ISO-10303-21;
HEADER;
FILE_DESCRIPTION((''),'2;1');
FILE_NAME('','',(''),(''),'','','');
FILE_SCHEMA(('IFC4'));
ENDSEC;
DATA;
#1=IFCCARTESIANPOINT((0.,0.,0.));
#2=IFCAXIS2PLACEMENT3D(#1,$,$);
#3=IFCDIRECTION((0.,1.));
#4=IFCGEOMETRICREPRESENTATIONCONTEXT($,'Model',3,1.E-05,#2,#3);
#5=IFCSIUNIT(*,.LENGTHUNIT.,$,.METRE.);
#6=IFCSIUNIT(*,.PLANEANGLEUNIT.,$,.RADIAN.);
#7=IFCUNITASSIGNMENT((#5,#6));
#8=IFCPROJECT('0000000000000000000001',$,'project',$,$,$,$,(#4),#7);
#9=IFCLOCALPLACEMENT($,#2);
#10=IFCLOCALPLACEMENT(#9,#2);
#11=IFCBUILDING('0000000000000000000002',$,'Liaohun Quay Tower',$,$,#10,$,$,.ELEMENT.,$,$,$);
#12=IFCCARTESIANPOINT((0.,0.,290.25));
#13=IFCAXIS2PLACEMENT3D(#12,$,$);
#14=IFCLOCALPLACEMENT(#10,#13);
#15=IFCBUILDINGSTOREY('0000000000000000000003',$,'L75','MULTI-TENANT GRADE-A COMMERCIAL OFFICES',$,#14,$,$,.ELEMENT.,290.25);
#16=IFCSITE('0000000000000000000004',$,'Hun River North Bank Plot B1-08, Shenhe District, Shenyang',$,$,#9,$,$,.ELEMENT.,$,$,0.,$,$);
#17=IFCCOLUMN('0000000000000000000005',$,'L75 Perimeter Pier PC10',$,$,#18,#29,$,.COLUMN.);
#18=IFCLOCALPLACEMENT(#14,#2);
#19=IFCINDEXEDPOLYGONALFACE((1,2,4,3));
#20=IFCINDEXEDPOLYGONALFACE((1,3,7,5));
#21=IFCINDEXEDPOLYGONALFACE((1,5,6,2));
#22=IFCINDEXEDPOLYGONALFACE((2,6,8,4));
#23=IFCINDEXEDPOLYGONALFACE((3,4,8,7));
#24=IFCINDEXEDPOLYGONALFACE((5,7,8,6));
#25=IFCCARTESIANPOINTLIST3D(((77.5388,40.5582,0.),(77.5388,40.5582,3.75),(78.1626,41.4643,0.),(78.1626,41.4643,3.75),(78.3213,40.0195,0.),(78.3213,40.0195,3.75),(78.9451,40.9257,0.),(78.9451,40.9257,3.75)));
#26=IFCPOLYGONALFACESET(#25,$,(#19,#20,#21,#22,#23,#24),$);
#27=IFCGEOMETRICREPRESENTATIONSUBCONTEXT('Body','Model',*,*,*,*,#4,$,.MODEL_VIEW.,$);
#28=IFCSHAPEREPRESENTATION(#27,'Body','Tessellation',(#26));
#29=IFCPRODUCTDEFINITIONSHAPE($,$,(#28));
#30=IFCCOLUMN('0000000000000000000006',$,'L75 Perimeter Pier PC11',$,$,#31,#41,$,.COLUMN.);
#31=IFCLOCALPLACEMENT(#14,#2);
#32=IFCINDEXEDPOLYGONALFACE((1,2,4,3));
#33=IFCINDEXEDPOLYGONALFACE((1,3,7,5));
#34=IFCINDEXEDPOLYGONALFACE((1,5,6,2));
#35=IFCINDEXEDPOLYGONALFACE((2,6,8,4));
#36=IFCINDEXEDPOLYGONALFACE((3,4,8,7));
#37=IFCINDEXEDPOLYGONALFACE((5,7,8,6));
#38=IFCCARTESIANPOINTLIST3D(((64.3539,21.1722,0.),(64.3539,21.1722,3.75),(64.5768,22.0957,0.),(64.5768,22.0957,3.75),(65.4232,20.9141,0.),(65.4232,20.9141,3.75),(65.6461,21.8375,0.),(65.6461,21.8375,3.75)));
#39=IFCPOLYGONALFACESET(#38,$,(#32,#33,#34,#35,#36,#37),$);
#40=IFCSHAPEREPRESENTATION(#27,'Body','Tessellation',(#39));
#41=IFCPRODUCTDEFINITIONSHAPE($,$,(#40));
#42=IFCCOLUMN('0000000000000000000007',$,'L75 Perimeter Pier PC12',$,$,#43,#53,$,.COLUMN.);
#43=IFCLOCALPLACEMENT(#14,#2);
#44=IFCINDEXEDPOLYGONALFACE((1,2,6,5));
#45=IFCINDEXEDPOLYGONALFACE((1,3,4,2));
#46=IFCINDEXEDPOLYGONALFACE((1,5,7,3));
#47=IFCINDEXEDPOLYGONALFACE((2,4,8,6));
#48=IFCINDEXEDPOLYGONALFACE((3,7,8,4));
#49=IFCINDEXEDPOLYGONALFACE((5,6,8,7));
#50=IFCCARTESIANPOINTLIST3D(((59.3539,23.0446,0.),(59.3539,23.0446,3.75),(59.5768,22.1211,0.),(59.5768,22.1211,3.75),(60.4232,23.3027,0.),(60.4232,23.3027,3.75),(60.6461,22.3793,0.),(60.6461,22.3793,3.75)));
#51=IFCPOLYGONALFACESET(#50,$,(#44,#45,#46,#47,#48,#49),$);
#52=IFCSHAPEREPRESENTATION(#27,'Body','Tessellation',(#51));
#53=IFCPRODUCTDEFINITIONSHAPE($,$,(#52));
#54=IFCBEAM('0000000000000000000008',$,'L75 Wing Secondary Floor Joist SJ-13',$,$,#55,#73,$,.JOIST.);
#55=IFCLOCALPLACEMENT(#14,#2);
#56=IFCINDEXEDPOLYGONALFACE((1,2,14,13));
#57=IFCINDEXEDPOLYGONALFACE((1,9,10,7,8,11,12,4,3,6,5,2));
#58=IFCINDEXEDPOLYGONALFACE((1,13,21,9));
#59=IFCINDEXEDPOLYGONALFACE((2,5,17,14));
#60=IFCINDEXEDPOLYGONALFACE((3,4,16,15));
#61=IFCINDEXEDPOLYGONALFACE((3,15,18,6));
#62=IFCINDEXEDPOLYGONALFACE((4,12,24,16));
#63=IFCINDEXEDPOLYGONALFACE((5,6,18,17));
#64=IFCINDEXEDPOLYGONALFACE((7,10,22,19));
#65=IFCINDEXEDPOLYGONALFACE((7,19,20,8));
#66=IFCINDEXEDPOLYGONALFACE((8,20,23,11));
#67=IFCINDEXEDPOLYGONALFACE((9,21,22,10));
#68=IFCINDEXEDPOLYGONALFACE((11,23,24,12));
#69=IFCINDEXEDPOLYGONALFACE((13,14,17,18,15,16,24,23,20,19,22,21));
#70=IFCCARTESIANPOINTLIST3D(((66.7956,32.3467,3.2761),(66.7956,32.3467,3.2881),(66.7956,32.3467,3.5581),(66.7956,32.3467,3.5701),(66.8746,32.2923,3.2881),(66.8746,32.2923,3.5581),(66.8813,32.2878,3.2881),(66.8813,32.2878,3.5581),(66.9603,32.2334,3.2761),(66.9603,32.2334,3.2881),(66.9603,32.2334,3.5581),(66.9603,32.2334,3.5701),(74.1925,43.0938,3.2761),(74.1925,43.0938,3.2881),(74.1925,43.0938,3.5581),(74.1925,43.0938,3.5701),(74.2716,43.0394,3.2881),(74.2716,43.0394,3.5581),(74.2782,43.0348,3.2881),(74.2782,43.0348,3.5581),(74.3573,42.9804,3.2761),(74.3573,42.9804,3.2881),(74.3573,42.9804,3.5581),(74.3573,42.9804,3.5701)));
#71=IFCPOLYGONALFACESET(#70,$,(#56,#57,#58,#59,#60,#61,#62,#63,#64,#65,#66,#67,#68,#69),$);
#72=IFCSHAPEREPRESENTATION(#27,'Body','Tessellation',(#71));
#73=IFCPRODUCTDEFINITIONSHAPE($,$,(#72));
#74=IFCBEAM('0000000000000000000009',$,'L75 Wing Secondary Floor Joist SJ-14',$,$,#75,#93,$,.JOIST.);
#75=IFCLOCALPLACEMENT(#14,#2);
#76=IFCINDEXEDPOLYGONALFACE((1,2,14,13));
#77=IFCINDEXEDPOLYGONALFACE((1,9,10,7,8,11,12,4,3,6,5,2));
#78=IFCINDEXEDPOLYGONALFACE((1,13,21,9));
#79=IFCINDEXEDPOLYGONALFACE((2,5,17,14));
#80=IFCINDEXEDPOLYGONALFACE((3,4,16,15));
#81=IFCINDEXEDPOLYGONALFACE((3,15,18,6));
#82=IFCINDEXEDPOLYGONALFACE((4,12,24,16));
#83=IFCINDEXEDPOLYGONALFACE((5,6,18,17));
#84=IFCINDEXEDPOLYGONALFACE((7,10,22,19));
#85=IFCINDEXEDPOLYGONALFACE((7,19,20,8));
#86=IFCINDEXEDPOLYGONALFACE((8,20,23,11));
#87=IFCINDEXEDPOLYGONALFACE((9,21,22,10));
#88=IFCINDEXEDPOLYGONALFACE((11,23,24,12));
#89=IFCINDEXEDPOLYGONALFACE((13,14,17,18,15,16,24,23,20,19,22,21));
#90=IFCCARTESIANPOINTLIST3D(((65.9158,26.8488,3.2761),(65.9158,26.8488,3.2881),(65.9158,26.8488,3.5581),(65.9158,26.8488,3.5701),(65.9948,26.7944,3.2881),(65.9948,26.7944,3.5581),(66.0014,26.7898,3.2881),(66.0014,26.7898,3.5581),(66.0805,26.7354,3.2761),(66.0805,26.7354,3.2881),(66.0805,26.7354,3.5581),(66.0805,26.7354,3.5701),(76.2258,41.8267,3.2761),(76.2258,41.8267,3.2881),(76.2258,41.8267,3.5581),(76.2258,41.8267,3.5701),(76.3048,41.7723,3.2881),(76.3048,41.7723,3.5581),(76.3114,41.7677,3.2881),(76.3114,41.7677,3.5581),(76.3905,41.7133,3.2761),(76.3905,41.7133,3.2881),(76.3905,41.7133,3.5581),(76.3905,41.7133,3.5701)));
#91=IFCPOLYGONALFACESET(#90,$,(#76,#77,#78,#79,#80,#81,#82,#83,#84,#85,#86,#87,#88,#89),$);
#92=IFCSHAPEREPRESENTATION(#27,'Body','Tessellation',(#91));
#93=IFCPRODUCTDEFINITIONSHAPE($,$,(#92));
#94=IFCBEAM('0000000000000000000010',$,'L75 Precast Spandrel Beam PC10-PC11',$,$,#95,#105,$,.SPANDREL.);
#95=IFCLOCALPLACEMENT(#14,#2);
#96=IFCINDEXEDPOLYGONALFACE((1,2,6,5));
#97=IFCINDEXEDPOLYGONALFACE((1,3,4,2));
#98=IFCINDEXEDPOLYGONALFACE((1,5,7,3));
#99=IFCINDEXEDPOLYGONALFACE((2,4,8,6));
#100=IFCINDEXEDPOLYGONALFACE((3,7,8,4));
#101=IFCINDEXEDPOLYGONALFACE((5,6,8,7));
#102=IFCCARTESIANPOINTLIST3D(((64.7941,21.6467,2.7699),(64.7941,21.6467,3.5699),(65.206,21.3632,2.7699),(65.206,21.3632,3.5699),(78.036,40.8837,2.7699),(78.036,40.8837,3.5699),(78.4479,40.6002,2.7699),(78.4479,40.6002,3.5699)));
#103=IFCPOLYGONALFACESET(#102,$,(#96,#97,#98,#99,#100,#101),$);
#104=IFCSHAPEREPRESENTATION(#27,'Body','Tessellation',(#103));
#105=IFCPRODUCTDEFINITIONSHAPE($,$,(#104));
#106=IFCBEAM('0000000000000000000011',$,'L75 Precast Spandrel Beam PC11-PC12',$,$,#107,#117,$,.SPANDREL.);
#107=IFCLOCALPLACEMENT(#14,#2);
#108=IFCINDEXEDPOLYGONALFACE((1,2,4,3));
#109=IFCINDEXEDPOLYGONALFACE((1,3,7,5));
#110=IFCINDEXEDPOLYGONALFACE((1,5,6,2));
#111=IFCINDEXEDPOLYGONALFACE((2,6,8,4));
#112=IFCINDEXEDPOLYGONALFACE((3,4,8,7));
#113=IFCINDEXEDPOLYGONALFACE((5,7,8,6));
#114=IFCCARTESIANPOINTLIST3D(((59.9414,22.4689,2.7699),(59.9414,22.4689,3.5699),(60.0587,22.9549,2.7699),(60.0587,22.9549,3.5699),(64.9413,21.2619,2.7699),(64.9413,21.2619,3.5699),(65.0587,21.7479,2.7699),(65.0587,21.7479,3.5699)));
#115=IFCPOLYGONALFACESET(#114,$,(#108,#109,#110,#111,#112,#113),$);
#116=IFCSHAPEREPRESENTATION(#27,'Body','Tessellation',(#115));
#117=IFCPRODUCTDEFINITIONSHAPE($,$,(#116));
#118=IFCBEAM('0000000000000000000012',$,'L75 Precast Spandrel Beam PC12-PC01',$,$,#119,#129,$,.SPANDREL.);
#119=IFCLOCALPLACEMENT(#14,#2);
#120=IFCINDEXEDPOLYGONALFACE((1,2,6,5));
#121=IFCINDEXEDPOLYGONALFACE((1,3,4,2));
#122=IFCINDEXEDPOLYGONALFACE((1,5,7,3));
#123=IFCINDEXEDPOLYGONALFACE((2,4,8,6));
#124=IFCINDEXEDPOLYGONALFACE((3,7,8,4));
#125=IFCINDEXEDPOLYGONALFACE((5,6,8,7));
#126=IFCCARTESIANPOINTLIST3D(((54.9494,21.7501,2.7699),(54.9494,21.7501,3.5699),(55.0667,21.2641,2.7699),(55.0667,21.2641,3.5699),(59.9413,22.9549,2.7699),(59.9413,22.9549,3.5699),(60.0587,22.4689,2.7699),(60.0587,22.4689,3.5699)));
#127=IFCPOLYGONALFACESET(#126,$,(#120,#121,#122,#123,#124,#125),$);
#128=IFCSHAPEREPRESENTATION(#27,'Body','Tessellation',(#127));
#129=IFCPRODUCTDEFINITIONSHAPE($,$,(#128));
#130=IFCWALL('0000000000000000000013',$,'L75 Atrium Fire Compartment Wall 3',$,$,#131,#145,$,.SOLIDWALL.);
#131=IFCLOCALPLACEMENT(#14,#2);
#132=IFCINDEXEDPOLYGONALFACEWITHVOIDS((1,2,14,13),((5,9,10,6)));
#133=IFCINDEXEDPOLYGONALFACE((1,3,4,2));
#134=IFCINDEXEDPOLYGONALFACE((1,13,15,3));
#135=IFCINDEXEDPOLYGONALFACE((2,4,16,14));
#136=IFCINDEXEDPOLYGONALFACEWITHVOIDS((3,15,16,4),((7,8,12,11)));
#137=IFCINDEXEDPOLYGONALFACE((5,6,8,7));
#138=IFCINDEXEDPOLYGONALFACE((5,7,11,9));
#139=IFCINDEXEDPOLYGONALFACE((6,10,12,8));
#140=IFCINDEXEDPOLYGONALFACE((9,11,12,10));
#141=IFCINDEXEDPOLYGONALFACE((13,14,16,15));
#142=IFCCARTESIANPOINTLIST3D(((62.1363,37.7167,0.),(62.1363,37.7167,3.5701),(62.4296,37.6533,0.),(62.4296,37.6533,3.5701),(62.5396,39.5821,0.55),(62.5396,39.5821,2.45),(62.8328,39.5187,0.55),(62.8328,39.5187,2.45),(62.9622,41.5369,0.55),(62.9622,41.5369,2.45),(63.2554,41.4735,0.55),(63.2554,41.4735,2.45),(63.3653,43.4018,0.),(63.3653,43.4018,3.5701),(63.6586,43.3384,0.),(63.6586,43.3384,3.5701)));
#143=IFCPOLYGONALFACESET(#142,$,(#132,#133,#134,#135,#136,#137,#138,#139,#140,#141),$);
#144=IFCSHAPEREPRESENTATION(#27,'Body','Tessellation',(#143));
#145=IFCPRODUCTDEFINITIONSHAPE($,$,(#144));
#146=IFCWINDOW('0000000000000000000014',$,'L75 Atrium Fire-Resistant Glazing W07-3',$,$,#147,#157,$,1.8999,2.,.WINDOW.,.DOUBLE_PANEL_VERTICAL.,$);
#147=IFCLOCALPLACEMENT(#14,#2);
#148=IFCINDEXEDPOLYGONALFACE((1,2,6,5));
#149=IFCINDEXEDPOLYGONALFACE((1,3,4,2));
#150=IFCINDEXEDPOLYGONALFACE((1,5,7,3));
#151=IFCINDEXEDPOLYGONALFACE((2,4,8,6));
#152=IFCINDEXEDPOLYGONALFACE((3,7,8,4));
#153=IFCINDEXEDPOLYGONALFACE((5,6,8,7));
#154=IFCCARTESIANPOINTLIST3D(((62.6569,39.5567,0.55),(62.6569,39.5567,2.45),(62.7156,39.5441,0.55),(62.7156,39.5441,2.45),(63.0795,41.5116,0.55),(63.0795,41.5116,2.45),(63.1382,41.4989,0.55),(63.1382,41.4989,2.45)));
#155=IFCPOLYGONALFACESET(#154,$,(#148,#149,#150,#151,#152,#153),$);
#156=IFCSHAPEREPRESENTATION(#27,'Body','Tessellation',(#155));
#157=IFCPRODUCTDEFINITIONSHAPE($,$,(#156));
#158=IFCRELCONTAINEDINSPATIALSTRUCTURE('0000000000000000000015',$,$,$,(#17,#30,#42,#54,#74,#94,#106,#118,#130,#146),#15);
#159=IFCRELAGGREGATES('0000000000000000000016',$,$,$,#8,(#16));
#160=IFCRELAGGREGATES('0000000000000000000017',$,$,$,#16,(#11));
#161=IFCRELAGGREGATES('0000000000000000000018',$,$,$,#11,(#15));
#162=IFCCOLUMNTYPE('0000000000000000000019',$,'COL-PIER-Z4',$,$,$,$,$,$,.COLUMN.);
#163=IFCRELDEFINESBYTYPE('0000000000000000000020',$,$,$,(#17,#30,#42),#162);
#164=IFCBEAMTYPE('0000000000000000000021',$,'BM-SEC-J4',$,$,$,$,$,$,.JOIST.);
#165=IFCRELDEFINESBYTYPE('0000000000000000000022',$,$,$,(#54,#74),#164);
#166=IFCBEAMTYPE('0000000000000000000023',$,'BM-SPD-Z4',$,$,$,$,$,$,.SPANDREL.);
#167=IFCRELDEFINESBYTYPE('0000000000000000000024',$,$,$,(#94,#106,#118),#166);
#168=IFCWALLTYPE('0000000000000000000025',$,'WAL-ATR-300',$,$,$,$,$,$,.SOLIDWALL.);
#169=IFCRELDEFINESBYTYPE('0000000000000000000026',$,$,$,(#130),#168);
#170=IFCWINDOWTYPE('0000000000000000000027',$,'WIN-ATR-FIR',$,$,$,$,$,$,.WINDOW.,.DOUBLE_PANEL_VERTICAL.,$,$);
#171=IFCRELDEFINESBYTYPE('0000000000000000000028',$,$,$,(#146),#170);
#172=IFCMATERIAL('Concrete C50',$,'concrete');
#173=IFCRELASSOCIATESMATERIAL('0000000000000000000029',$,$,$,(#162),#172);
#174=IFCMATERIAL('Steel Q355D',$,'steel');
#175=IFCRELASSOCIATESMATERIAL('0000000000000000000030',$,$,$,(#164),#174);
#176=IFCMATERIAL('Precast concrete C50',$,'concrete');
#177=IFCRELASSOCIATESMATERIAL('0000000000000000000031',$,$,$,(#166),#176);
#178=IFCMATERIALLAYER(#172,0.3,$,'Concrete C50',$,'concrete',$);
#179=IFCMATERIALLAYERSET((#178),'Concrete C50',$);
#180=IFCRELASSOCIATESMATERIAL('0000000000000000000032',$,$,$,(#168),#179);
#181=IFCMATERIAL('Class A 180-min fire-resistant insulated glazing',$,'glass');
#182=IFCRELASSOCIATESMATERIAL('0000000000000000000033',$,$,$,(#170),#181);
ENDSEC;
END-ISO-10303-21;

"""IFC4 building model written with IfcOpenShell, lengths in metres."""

from ifc_helpers import new_model, si_unit, direction, frame, frame_2d, origin, origin_2d, place, context, subcontext, project, spatial, rectangle, i_section, extrude, source, transform, mapped, material, layer, layer_set, material_profile, profile_set, type_object, element, fill, save


model = new_model("IFC4")

# Units and contexts
model_context = context("Model", 3, precision=1e-05, world=origin(), true_north=direction((0.0, 1.0)))
body_context = subcontext(model_context, "Body", "Model", "MODEL_VIEW")
ifc_project = project(units=[si_unit("LENGTHUNIT", "METRE"), si_unit("PLANEANGLEUNIT", "RADIAN")], contexts=[model_context])

# Site, building, storey
site_placement = place(None, origin())
site = spatial("IfcSite", under=ifc_project, at=site_placement, Name="Hun River North Bank Plot B1-08, Shenhe District, Shenyang", CompositionType="ELEMENT", RefElevation=0.0)
building_placement = place(site_placement, origin())
building = spatial("IfcBuilding", under=site, at=building_placement, Name="Liaohun Quay Tower", CompositionType="ELEMENT")
storey_placement = place(building_placement, frame((0.0, 0.0, 290.25)))
storey = spatial("IfcBuildingStorey", under=building, at=storey_placement, Name="L75", Description="MULTI-TENANT GRADE-A COMMERCIAL OFFICES", CompositionType="ELEMENT", Elevation=290.25)

# Columns
ifc_material_1 = material(Name="Concrete C50", Category="concrete")
ifc_material_profile_1 = material_profile(ifc_material_1, rectangle(XDim=1.1001, YDim=0.95, at=origin_2d()), Name="RC1100x950")
ifc_profile_set_1 = profile_set([ifc_material_profile_1], Name="Concrete C50")
column_type = type_object("IfcColumnType", Name="COL-PIER-Z4", PredefinedType="COLUMN", material=ifc_profile_set_1)
shared_shape_1 = source(origin(), body_context, "Body", "SweptSolid", [
    extrude(rectangle(XDim=1.1001, YDim=0.95, at=origin_2d()), origin(), (0.0, 0.0, 1.0), 3.75),
])
for number, where, z_axis, x_axis, name in (
    (1, (78.2419, 40.7419, 0.0), (0.0, 0.0, 1.0), (0.566981, 0.823731, 0.0), "L75 Perimeter Pier PC10"),
    (2, (65.0, 21.5049, 0.0), (0.0, 0.0, 1.0), (-0.972084, 0.234633, 0.0), "L75 Perimeter Pier PC11"),
    (3, (60.0, 22.7119, 0.0), (0.0, 0.0, 1.0), (0.972084, 0.234633, 0.0), "L75 Perimeter Pier PC12"),
):
    element("IfcColumn", number, at=place(storey_placement, frame(where, z_axis=z_axis, x_axis=x_axis)), inside=storey, type_object=column_type, Name=name, PredefinedType="COLUMN", context=body_context, shape_type="MappedRepresentation", body=[
        mapped(shared_shape_1, transform((0.0, 0.0, 0.0), x_axis=(1.0, 0.0, 0.0), y_axis=(0.0, 1.0, 0.0), z_axis=(0.0, 0.0, 1.0), scale=1.0)),
    ])

# Beams
ifc_material_2 = material(Name="Steel Q355D", Category="steel")
ifc_material_profile_2 = material_profile(ifc_material_2, i_section(OverallWidth=0.2, OverallDepth=0.2939, WebThickness=0.0081, FlangeThickness=0.012, at=origin_2d()), Name="HM294x200x8x12")
ifc_profile_set_2 = profile_set([ifc_material_profile_2], Name="Steel Q355D")
beam_type_1 = type_object("IfcBeamType", Name="BM-SEC-J4", PredefinedType="JOIST", material=ifc_profile_set_2)
shared_shape_2 = source(origin(), body_context, "Body", "SweptSolid", [
    extrude(i_section(OverallWidth=0.2, OverallDepth=0.2939, WebThickness=0.0081, FlangeThickness=0.012, at=origin_2d()), origin(), (0.0, 0.0, 1.0), 13.0466),
])
beam_1_placement = place(storey_placement, frame((74.2749, 43.0371, 3.4231), z_axis=(-0.566964, -0.823743, 0.0), x_axis=(0.823743, -0.566964, 0.0)))
element("IfcBeam", 4, at=beam_1_placement, inside=storey, type_object=beam_type_1, Name="L75 Wing Secondary Floor Joist SJ-13", PredefinedType="JOIST", context=body_context, shape_type="MappedRepresentation", body=[
    mapped(shared_shape_2, transform((0.0, 0.0, 0.0), x_axis=(1.0, 0.0, 0.0), y_axis=(0.0, 1.0, 0.0), z_axis=(0.0, 0.0, 1.0), scale=1.0)),
])
shared_shape_3 = source(origin(), body_context, "Body", "SweptSolid", [
    extrude(i_section(OverallWidth=0.2, OverallDepth=0.2939, WebThickness=0.0081, FlangeThickness=0.012, at=origin_2d()), origin(), (0.0, 0.0, 1.0), 18.1833),
])
beam_2_placement = place(storey_placement, frame((76.3081, 41.77, 3.4231), z_axis=(-0.567002, -0.823717, 0.0), x_axis=(0.823717, -0.567002, 0.0)))
element("IfcBeam", 5, at=beam_2_placement, inside=storey, type_object=beam_type_1, Name="L75 Wing Secondary Floor Joist SJ-14", PredefinedType="JOIST", context=body_context, shape_type="MappedRepresentation", body=[
    mapped(shared_shape_3, transform((0.0, 0.0, 0.0), x_axis=(1.0, 0.0, 0.0), y_axis=(0.0, 1.0, 0.0), z_axis=(0.0, 0.0, 1.0), scale=1.0)),
])
ifc_material_3 = material(Name="Precast concrete C50", Category="concrete")
ifc_material_profile_3 = material_profile(ifc_material_3, rectangle(XDim=0.5, YDim=0.8, at=origin_2d()), Name="RC500x800")
ifc_profile_set_3 = profile_set([ifc_material_profile_3], Name="Precast concrete C50")
beam_type_2 = type_object("IfcBeamType", Name="BM-SPD-Z4", PredefinedType="SPANDREL", material=ifc_profile_set_3)
shared_shape_4 = source(origin(), body_context, "Body", "SweptSolid", [
    extrude(rectangle(XDim=0.5, YDim=0.8, at=origin_2d()), origin(), (0.0, 0.0, 1.0), 23.354),
])
beam_3_placement = place(storey_placement, frame((78.2419, 40.7419, 3.1699), z_axis=(-0.567007, -0.823713, 0.0), x_axis=(0.823713, -0.567007, 0.0)))
element("IfcBeam", 6, at=beam_3_placement, inside=storey, type_object=beam_type_2, Name="L75 Precast Spandrel Beam PC10-PC11", PredefinedType="SPANDREL", context=body_context, shape_type="MappedRepresentation", body=[
    mapped(shared_shape_4, transform((0.0, 0.0, 0.0), x_axis=(1.0, 0.0, 0.0), y_axis=(0.0, 1.0, 0.0), z_axis=(0.0, 0.0, 1.0), scale=1.0)),
])
shared_shape_5 = source(origin(), body_context, "Body", "SweptSolid", [
    extrude(rectangle(XDim=0.5, YDim=0.8, at=origin_2d()), origin(), (0.0, 0.0, 1.0), 5.1436),
])
beam_4_placement = place(storey_placement, frame((65.0, 21.5049, 3.1699), z_axis=(-0.972076, 0.234665, 0.0), x_axis=(-0.234665, -0.972076, 0.0)))
element("IfcBeam", 7, at=beam_4_placement, inside=storey, type_object=beam_type_2, Name="L75 Precast Spandrel Beam PC11-PC12", PredefinedType="SPANDREL", context=body_context, shape_type="MappedRepresentation", body=[
    mapped(shared_shape_5, transform((0.0, 0.0, 0.0), x_axis=(1.0, 0.0, 0.0), y_axis=(0.0, 1.0, 0.0), z_axis=(0.0, 0.0, 1.0), scale=1.0)),
])
shared_shape_6 = source(origin(), body_context, "Body", "SweptSolid", [
    extrude(rectangle(XDim=0.5, YDim=0.8, at=origin_2d()), origin(), (0.0, 0.0, 1.0), 5.1353),
])
beam_5_placement = place(storey_placement, frame((60.0, 22.7119, 3.1699), z_axis=(-0.972087, -0.234619, 0.0), x_axis=(0.234619, -0.972087, 0.0)))
element("IfcBeam", 8, at=beam_5_placement, inside=storey, type_object=beam_type_2, Name="L75 Precast Spandrel Beam PC12-PC01", PredefinedType="SPANDREL", context=body_context, shape_type="MappedRepresentation", body=[
    mapped(shared_shape_6, transform((0.0, 0.0, 0.0), x_axis=(1.0, 0.0, 0.0), y_axis=(0.0, 1.0, 0.0), z_axis=(0.0, 0.0, 1.0), scale=1.0)),
])

# Wall, opening, window
ifc_layer_1 = layer(ifc_material_1, 0.3, Name="Concrete C50", Category="concrete")
ifc_layer_set_1 = layer_set([ifc_layer_1], Name="Concrete C50")
wall_type_1 = type_object("IfcWallType", Name="WAL-ATR-300", PredefinedType="SOLIDWALL", material=ifc_layer_set_1)
wall_1_placement = place(storey_placement, frame((63.512, 43.3701, 0.0), z_axis=(0.0, 0.0, 1.0), x_axis=(-0.2113, -0.977421, 0.0)))
wall_1 = element("IfcWall", 9, at=wall_1_placement, inside=storey, type_object=wall_type_1, Name="L75 Atrium Fire Compartment Wall 3", PredefinedType="SOLIDWALL", context=body_context, shape_type="SweptSolid", body=[
    extrude(rectangle(XDim=5.8164, YDim=0.3, at=frame_2d((2.9082, 0.0))), origin(), (0.0, 0.0, 1.0), 3.5701),
])
shared_shape_7 = source(origin(), body_context, "Body", "SweptSolid", [
    extrude(rectangle(XDim=2.0, YDim=1.8999, at=frame_2d((1.0, 0.95))), frame((0.0, 0.1599, 0.0), z_axis=(0.0, -1.0, 0.0), x_axis=(1.0, 0.0, 0.0)), (0.0, 0.0, 1.0), 0.3201),
])
opening_1_placement = place(wall_1_placement, frame((1.908, 0.0, 0.55)))
opening_1 = element("IfcOpeningElement", 10, at=opening_1_placement, cuts=wall_1, PredefinedType="OPENING", context=body_context, shape_type="MappedRepresentation", body=[
    mapped(shared_shape_7, transform((0.0, 0.0, 0.0), x_axis=(1.0, 0.0, 0.0), y_axis=(0.0, 1.0, 0.0), z_axis=(0.0, 0.0, 1.0), scale=1.0)),
])
ifc_material_4 = material(Name="Class A 180-min fire-resistant insulated glazing", Category="glass")
window_type_1 = type_object("IfcWindowType", Name="WIN-ATR-FIR", PartitioningType="DOUBLE_PANEL_VERTICAL", PredefinedType="WINDOW", material=ifc_material_4)
shared_shape_8 = source(origin(), body_context, "Body", "SweptSolid", [
    extrude(rectangle(XDim=2.0, YDim=1.8999, at=frame_2d((1.0, 0.95))), frame((0.0, 0.03, 0.0), z_axis=(0.0, -1.0, 0.0), x_axis=(1.0, 0.0, 0.0)), (0.0, 0.0, 1.0), 0.0601),
])
window_1_placement = place(opening_1_placement, origin())
window_1 = element("IfcWindow", 11, at=window_1_placement, inside=storey, type_object=window_type_1, Name="L75 Atrium Fire-Resistant Glazing W07-3", OverallHeight=1.8999, OverallWidth=2.0, PartitioningType="DOUBLE_PANEL_VERTICAL", PredefinedType="WINDOW", context=body_context, shape_type="MappedRepresentation", body=[
    mapped(shared_shape_8, transform((0.0, 0.0, 0.0), x_axis=(1.0, 0.0, 0.0), y_axis=(0.0, 1.0, 0.0), z_axis=(0.0, 0.0, 1.0), scale=1.0)),
])
fill(opening_1, window_1)

save(model, "model.ifc")
